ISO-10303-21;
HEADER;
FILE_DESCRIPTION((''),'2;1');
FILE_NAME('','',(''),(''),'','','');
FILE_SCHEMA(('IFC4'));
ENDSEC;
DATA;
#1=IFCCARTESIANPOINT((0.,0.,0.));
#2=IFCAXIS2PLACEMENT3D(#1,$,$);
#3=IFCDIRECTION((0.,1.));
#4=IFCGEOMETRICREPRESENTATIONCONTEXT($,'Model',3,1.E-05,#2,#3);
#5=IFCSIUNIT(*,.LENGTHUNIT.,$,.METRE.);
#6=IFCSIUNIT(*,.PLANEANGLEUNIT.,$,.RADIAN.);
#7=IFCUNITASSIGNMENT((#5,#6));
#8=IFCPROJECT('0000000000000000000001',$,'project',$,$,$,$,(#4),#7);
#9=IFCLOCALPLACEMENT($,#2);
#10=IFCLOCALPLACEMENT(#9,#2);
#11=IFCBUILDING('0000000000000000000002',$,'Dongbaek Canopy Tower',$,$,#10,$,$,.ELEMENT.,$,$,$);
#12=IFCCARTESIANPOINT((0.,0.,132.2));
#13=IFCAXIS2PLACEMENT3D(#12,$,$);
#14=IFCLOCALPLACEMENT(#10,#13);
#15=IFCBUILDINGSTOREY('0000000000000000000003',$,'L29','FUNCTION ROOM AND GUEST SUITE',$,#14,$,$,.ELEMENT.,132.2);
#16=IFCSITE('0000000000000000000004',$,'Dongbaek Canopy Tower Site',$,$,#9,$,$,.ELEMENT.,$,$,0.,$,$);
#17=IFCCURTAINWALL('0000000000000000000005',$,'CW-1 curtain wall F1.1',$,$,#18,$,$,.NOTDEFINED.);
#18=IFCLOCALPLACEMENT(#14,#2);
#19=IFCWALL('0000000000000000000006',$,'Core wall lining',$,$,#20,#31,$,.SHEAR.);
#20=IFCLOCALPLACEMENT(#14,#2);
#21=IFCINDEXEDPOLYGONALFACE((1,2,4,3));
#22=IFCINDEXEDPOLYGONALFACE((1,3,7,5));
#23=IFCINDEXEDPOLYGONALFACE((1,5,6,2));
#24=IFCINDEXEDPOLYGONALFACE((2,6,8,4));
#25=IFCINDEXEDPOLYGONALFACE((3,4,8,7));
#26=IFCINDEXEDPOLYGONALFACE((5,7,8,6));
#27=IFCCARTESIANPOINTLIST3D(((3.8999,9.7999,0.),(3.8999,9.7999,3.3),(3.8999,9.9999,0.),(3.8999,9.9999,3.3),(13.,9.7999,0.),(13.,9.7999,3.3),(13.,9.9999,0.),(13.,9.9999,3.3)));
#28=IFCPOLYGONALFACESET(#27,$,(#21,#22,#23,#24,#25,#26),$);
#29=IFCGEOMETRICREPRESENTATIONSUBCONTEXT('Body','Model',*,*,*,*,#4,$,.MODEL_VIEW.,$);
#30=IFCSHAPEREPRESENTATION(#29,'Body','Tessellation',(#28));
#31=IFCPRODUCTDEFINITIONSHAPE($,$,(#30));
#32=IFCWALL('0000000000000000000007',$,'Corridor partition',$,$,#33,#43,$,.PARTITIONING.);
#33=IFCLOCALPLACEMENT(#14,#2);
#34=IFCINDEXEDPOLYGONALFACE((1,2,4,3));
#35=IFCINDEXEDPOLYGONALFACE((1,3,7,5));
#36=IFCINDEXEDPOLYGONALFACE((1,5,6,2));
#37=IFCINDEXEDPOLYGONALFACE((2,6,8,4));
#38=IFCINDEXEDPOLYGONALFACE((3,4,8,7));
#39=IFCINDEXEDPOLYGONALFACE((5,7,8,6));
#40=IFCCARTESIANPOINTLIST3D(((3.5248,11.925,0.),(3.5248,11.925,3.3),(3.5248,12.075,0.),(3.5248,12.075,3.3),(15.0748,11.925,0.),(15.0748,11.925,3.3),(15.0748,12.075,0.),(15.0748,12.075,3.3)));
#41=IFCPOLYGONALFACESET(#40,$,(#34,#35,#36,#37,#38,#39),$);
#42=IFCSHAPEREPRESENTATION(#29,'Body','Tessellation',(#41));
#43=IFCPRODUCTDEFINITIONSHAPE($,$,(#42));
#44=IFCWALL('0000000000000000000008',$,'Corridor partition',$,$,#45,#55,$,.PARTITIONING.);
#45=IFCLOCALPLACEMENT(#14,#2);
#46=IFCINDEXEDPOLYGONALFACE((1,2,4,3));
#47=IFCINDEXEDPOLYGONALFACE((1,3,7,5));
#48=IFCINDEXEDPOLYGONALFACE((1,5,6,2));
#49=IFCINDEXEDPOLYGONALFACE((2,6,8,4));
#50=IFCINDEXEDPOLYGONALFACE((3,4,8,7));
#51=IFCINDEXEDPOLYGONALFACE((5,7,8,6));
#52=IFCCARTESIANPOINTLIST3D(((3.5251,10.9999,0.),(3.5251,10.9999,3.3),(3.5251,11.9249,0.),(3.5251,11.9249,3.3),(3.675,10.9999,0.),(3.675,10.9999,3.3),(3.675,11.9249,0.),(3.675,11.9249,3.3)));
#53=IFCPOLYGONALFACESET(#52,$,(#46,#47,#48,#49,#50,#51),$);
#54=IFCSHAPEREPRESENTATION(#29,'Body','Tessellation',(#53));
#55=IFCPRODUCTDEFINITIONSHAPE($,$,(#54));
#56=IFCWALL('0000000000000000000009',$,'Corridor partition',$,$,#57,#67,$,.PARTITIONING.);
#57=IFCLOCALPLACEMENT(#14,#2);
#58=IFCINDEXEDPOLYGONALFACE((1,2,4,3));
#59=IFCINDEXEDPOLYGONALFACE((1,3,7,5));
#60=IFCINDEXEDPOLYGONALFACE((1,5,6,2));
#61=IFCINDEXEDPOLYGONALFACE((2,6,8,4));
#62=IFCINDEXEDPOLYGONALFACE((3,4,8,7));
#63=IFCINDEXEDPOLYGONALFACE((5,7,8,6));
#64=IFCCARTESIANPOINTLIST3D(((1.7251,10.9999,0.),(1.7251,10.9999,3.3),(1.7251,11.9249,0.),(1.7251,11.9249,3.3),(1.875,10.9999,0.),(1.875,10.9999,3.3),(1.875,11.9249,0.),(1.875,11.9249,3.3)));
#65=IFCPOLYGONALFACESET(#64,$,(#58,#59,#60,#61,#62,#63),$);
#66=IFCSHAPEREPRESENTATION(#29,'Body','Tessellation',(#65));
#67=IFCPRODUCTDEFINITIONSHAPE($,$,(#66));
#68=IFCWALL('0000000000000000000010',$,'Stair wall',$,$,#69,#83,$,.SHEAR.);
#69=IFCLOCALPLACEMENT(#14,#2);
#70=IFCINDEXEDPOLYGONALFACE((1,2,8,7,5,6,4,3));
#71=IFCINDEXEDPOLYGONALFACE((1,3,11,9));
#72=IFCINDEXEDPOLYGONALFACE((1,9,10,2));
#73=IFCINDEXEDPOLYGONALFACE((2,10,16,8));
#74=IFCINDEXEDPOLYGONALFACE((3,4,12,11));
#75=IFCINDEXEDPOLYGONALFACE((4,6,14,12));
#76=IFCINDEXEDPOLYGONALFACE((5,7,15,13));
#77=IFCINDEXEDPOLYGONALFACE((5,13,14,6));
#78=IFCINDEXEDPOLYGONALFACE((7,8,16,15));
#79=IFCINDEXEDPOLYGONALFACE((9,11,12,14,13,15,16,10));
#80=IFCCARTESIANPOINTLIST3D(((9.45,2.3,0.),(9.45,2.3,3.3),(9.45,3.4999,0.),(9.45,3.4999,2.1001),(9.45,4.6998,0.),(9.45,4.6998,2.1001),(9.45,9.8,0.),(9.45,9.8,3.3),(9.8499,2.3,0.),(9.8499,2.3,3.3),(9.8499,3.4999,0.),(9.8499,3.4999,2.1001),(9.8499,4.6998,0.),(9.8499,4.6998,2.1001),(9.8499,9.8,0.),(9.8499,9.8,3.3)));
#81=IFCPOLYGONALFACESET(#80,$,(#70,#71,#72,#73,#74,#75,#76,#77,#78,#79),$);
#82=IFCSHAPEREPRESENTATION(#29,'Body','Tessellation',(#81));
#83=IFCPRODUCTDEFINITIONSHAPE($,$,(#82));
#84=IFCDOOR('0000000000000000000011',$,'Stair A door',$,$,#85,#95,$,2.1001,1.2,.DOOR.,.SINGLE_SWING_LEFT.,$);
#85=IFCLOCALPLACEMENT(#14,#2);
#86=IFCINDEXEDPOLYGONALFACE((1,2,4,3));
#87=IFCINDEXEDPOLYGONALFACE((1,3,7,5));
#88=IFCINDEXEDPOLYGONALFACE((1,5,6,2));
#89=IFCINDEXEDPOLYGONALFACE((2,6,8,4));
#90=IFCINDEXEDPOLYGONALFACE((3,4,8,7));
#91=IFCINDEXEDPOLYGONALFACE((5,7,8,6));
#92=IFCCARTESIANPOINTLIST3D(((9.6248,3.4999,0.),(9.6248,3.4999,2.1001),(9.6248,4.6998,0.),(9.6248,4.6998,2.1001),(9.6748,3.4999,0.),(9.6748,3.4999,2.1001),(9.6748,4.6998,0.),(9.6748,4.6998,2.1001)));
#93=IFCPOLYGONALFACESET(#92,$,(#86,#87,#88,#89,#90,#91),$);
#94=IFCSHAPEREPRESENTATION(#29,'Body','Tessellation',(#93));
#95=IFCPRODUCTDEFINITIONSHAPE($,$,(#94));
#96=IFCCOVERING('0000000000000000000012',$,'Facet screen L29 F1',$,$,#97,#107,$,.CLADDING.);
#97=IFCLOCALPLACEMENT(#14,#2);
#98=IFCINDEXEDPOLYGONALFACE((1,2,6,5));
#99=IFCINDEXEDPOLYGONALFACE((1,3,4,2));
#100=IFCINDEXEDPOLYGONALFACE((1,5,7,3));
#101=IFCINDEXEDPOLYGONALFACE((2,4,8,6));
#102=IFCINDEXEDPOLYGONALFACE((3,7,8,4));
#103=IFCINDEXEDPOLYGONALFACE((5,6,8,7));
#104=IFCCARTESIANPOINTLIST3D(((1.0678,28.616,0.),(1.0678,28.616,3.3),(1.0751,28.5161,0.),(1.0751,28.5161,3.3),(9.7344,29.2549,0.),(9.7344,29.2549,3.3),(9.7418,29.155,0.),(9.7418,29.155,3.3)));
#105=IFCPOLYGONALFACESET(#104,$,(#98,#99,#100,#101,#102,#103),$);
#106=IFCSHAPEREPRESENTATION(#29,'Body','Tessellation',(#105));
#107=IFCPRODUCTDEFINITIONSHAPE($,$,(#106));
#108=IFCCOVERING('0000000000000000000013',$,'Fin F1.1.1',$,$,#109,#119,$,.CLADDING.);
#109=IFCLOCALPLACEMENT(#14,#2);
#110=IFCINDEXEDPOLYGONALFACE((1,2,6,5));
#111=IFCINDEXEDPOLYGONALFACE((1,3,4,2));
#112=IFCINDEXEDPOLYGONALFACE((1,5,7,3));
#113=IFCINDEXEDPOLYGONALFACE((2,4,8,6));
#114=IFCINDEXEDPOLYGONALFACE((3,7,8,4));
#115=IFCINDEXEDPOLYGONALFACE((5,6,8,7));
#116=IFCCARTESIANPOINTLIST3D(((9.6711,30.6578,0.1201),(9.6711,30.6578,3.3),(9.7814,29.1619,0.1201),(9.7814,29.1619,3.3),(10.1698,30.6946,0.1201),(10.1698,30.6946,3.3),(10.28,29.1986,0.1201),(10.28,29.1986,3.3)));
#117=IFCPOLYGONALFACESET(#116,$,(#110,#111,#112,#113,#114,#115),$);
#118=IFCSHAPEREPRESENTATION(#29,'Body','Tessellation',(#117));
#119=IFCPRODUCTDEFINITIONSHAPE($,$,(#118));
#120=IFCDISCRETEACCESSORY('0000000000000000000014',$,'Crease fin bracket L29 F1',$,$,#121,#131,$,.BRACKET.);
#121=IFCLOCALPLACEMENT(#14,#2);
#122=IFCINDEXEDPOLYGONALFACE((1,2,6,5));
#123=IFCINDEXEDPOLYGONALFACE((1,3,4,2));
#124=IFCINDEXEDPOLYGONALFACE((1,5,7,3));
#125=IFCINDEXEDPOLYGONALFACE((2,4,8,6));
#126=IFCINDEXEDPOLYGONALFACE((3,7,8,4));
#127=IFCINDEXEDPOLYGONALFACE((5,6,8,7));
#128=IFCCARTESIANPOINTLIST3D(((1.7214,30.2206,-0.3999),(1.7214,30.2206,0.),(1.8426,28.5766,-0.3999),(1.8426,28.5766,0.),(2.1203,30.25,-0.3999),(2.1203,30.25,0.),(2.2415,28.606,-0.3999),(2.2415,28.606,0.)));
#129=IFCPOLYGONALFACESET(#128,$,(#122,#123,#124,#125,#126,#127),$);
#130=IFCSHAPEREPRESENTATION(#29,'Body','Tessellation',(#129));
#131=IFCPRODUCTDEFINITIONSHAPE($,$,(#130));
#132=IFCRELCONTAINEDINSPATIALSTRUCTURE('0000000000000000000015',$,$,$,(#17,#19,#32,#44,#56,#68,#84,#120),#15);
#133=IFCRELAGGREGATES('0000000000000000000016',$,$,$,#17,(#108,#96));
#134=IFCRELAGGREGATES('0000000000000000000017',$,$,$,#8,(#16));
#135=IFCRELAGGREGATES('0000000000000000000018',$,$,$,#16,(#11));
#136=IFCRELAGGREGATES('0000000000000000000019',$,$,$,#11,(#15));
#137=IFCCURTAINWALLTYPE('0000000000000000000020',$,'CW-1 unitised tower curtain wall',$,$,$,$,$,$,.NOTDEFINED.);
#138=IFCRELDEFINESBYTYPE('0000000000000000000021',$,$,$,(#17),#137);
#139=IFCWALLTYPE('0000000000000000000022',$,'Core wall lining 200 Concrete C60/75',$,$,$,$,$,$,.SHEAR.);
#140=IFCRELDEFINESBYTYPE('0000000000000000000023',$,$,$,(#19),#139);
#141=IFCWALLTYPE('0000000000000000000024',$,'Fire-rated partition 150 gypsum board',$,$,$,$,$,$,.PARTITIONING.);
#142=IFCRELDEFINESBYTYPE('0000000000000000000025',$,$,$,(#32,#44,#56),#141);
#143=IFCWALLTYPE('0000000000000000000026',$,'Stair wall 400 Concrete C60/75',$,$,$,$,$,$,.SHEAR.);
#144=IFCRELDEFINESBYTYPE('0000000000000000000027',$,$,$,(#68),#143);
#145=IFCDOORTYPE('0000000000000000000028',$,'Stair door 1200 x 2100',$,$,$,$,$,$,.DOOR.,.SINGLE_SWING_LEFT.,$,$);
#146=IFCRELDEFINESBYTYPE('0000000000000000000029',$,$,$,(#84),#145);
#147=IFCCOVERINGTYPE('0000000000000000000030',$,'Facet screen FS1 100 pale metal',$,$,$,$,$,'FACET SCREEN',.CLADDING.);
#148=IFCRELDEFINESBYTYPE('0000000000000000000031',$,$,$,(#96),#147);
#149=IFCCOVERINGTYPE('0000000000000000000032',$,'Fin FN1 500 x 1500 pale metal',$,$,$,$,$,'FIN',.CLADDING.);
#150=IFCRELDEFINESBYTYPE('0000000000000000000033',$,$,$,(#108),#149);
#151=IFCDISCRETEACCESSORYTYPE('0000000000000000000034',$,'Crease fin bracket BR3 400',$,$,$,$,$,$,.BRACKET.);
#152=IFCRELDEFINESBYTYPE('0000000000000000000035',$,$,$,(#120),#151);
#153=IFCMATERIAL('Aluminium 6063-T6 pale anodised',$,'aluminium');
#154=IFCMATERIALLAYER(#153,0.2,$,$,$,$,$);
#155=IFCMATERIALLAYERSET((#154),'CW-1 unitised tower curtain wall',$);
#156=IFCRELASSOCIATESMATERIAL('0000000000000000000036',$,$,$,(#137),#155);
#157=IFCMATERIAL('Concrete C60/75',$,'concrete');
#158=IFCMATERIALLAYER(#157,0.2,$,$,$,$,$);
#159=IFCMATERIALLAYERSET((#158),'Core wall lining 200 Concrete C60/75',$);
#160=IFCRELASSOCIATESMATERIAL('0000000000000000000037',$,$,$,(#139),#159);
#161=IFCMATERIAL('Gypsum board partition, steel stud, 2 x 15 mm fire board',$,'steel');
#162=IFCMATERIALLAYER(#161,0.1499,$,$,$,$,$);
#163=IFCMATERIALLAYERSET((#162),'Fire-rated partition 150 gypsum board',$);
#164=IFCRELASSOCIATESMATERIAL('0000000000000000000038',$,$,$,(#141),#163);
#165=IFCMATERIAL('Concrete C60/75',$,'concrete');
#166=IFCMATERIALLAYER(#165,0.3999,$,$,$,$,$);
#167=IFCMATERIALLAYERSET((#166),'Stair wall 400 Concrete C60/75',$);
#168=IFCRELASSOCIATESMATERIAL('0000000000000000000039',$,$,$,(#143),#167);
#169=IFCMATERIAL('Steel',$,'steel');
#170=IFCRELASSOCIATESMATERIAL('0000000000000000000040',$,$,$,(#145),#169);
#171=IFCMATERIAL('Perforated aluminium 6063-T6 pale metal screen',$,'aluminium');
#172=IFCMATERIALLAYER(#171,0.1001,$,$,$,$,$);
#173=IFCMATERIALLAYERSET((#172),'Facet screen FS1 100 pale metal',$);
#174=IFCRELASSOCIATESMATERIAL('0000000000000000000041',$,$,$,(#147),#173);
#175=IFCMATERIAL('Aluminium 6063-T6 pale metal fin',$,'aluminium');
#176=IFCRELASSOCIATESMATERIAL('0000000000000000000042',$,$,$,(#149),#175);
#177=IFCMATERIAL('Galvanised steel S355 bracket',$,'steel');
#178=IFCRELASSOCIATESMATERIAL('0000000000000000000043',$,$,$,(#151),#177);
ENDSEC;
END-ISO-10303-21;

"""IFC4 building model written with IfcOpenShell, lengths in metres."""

from ifc_helpers import new_model, si_unit, direction, frame, frame_2d, origin, origin_2d, place, context, subcontext, project, spatial, rectangle, extrude, material, layer, layer_set, material_profile, profile_set, type_object, element, fill, aggregate, save


model = new_model("IFC4")

# Units and contexts
model_context = context("Model", 3, precision=1e-05, world=origin(), true_north=direction((0.0, 1.0)))
body_context = subcontext(model_context, "Body", "Model", "MODEL_VIEW")
ifc_project = project(units=[si_unit("LENGTHUNIT", "METRE"), si_unit("PLANEANGLEUNIT", "RADIAN")], contexts=[model_context])

# Site, building, storey
site_placement = place(None, origin())
site = spatial("IfcSite", under=ifc_project, at=site_placement, Name="Dongbaek Canopy Tower Site", CompositionType="ELEMENT", RefElevation=0.0)
building_placement = place(site_placement, origin())
building = spatial("IfcBuilding", under=site, at=building_placement, Name="Dongbaek Canopy Tower", CompositionType="ELEMENT")
storey_placement = place(building_placement, frame((0.0, 0.0, 132.2)))
storey = spatial("IfcBuildingStorey", under=building, at=storey_placement, Name="L29", Description="FUNCTION ROOM AND GUEST SUITE", CompositionType="ELEMENT", Elevation=132.2)

# Curtain wall
ifc_material_1 = material(Name="Aluminium 6063-T6 pale anodised", Category="aluminium")
ifc_layer_1 = layer(ifc_material_1, 0.2)
ifc_layer_set_1 = layer_set([ifc_layer_1], Name="CW-1 unitised tower curtain wall")
curtain_wall_type = type_object("IfcCurtainWallType", Name="CW-1 unitised tower curtain wall", PredefinedType="NOTDEFINED", material=ifc_layer_set_1)
curtain_wall_1_placement = place(storey_placement, origin())
curtain_wall_1 = element("IfcCurtainWall", 1, at=curtain_wall_1_placement, inside=storey, type_object=curtain_wall_type, Name="CW-1 curtain wall F1.1", PredefinedType="NOTDEFINED")

# Walls
ifc_material_2 = material(Name="Concrete C60/75", Category="concrete")
ifc_layer_2 = layer(ifc_material_2, 0.2)
ifc_layer_set_2 = layer_set([ifc_layer_2], Name="Core wall lining 200 Concrete C60/75")
wall_type_1 = type_object("IfcWallType", Name="Core wall lining 200 Concrete C60/75", PredefinedType="SHEAR", material=ifc_layer_set_2)
wall_1_placement = place(storey_placement, frame((3.8999, 9.8999, 0.0), z_axis=(0.0, 0.0, 1.0), x_axis=(1.0, 0.0, 0.0)))
element("IfcWall", 2, at=wall_1_placement, inside=storey, type_object=wall_type_1, Name="Core wall lining", PredefinedType="SHEAR", context=body_context, shape_type="SweptSolid", body=[
    extrude(rectangle(XDim=9.1001, YDim=0.2, at=frame_2d((4.55, 0.0))), origin(), (0.0, 0.0, 1.0), 3.3),
])
ifc_material_3 = material(Name="Gypsum board partition, steel stud, 2 x 15 mm fire board", Category="steel")
ifc_layer_3 = layer(ifc_material_3, 0.1499)
ifc_layer_set_3 = layer_set([ifc_layer_3], Name="Fire-rated partition 150 gypsum board")
wall_type_2 = type_object("IfcWallType", Name="Fire-rated partition 150 gypsum board", PredefinedType="PARTITIONING", material=ifc_layer_set_3)
wall_2_placement = place(storey_placement, frame((3.5249, 12.0, 0.0), z_axis=(0.0, 0.0, 1.0), x_axis=(1.0, 0.0, 0.0)))
element("IfcWall", 3, at=wall_2_placement, inside=storey, type_object=wall_type_2, Name="Corridor partition", PredefinedType="PARTITIONING", context=body_context, shape_type="SweptSolid", body=[
    extrude(rectangle(XDim=11.55, YDim=0.1499, at=frame_2d((5.7749, 0.0))), origin(), (0.0, 0.0, 1.0), 3.3),
])
for number, where, z_axis, x_axis, name in (
    (4, (3.6001, 11.0, 0.0), (0.0, 0.0, 1.0), (0.0, 1.0, 0.0), "Corridor partition"),
    (5, (1.8, 11.0, 0.0), (0.0, 0.0, 1.0), (0.0, 1.0, 0.0), "Corridor partition"),
):
    element("IfcWall", number, at=place(storey_placement, frame(where, z_axis=z_axis, x_axis=x_axis)), inside=storey, type_object=wall_type_2, Name=name, PredefinedType="PARTITIONING", context=body_context, shape_type="SweptSolid", body=[
        extrude(rectangle(XDim=0.925, YDim=0.1499, at=frame_2d((0.4624, 0.0))), origin(), (0.0, 0.0, 1.0), 3.3),
    ])

# Wall, opening, door
ifc_material_4 = material(Name="Concrete C60/75", Category="concrete")
ifc_layer_4 = layer(ifc_material_4, 0.3999)
ifc_layer_set_4 = layer_set([ifc_layer_4], Name="Stair wall 400 Concrete C60/75")
wall_type_3 = type_object("IfcWallType", Name="Stair wall 400 Concrete C60/75", PredefinedType="SHEAR", material=ifc_layer_set_4)
wall_3_placement = place(storey_placement, frame((9.6499, 9.8, 0.0), z_axis=(0.0, 0.0, 1.0), x_axis=(0.0, -1.0, 0.0)))
wall_3 = element("IfcWall", 6, at=wall_3_placement, inside=storey, type_object=wall_type_3, Name="Stair wall", PredefinedType="SHEAR", context=body_context, shape_type="SweptSolid", body=[
    extrude(rectangle(XDim=7.5, YDim=0.3999, at=frame_2d((3.75, 0.0))), origin(), (0.0, 0.0, 1.0), 3.3),
])
opening_1_placement = place(wall_3_placement, frame((5.1001, 0.0, 0.0)))
opening_1 = element("IfcOpeningElement", 7, at=opening_1_placement, cuts=wall_3, PredefinedType="OPENING", context=body_context, shape_type="SweptSolid", body=[
    extrude(rectangle(XDim=1.2, YDim=2.1001, at=frame_2d((0.6001, 1.05))), frame((0.0, 0.21, 0.0), z_axis=(0.0, -1.0, 0.0), x_axis=(1.0, 0.0, 0.0)), (0.0, 0.0, 1.0), 0.4199),
])
ifc_material_5 = material(Name="Steel", Category="steel")
door_type_1 = type_object("IfcDoorType", Name="Stair door 1200 x 2100", OperationType="SINGLE_SWING_LEFT", PredefinedType="DOOR", material=ifc_material_5)
door_1_placement = place(opening_1_placement, origin())
door_1 = element("IfcDoor", 8, at=door_1_placement, inside=storey, type_object=door_type_1, Name="Stair A door", OperationType="SINGLE_SWING_LEFT", OverallHeight=2.1001, OverallWidth=1.2, PredefinedType="DOOR", context=body_context, shape_type="SweptSolid", body=[
    extrude(rectangle(XDim=1.2, YDim=2.1001, at=frame_2d((0.6001, 1.05))), frame((0.0, 0.0249, 0.0), z_axis=(0.0, -1.0, 0.0), x_axis=(1.0, 0.0, 0.0)), (0.0, 0.0, 1.0), 0.05),
])
fill(opening_1, door_1)

# Coverings
ifc_material_6 = material(Name="Perforated aluminium 6063-T6 pale metal screen", Category="aluminium")
ifc_layer_5 = layer(ifc_material_6, 0.1001)
ifc_layer_set_5 = layer_set([ifc_layer_5], Name="Facet screen FS1 100 pale metal")
covering_type_1 = type_object("IfcCoveringType", Name="Facet screen FS1 100 pale metal", ElementType="FACET SCREEN", PredefinedType="CLADDING", material=ifc_layer_set_5)
covering_1_placement = place(storey_placement, frame((5.4048, 28.8855, 0.0), z_axis=(0.0, 0.0, 1.0), x_axis=(-0.997294, -0.073518, 0.0)))
covering_1 = element("IfcCovering", 9, at=covering_1_placement, type_object=covering_type_1, Name="Facet screen L29 F1", PredefinedType="CLADDING", context=body_context, shape_type="SweptSolid", body=[
    extrude(rectangle(XDim=8.6902, YDim=0.1001, at=origin_2d()), origin(), (0.0, 0.0, 1.0), 3.3),
])
ifc_material_7 = material(Name="Aluminium 6063-T6 pale metal fin", Category="aluminium")
ifc_material_profile_1 = material_profile(ifc_material_7, rectangle(XDim=1.5, YDim=0.5, at=origin_2d()), Name="Fin FN1 500 x 1500 pale metal")
ifc_profile_set_1 = profile_set([ifc_material_profile_1], Name="Aluminium 6063-T6 pale metal fin")
covering_type_2 = type_object("IfcCoveringType", Name="Fin FN1 500 x 1500 pale metal", ElementType="FIN", PredefinedType="CLADDING", material=ifc_profile_set_1)
covering_2_placement = place(storey_placement, frame((9.9756, 29.9282, 0.1201), z_axis=(0.0, 0.0, 1.0), x_axis=(-0.073519, 0.997294, 0.0)))
covering_2 = element("IfcCovering", 10, at=covering_2_placement, type_object=covering_type_2, Name="Fin F1.1.1", PredefinedType="CLADDING", context=body_context, shape_type="SweptSolid", body=[
    extrude(rectangle(XDim=1.5, YDim=0.5, at=origin_2d()), origin(), (0.0, 0.0, 1.0), 3.1799),
])
aggregate(curtain_wall_1, [covering_2, covering_1])

# Discrete accessory
ifc_material_8 = material(Name="Galvanised steel S355 bracket", Category="steel")
discrete_accessory_type = type_object("IfcDiscreteAccessoryType", Name="Crease fin bracket BR3 400", PredefinedType="BRACKET", material=ifc_material_8)
discrete_accessory_placement = place(storey_placement, frame((1.9814, 29.4133, -0.3999), z_axis=(0.0, 0.0, 1.0), x_axis=(-0.073518, 0.997294, 0.0)))
element("IfcDiscreteAccessory", 11, at=discrete_accessory_placement, inside=storey, type_object=discrete_accessory_type, Name="Crease fin bracket L29 F1", PredefinedType="BRACKET", context=body_context, shape_type="SweptSolid", body=[
    extrude(rectangle(XDim=1.6484, YDim=0.3999, at=origin_2d()), origin(), (0.0, 0.0, 1.0), 0.3999),
])

save(model, "model.ifc")
